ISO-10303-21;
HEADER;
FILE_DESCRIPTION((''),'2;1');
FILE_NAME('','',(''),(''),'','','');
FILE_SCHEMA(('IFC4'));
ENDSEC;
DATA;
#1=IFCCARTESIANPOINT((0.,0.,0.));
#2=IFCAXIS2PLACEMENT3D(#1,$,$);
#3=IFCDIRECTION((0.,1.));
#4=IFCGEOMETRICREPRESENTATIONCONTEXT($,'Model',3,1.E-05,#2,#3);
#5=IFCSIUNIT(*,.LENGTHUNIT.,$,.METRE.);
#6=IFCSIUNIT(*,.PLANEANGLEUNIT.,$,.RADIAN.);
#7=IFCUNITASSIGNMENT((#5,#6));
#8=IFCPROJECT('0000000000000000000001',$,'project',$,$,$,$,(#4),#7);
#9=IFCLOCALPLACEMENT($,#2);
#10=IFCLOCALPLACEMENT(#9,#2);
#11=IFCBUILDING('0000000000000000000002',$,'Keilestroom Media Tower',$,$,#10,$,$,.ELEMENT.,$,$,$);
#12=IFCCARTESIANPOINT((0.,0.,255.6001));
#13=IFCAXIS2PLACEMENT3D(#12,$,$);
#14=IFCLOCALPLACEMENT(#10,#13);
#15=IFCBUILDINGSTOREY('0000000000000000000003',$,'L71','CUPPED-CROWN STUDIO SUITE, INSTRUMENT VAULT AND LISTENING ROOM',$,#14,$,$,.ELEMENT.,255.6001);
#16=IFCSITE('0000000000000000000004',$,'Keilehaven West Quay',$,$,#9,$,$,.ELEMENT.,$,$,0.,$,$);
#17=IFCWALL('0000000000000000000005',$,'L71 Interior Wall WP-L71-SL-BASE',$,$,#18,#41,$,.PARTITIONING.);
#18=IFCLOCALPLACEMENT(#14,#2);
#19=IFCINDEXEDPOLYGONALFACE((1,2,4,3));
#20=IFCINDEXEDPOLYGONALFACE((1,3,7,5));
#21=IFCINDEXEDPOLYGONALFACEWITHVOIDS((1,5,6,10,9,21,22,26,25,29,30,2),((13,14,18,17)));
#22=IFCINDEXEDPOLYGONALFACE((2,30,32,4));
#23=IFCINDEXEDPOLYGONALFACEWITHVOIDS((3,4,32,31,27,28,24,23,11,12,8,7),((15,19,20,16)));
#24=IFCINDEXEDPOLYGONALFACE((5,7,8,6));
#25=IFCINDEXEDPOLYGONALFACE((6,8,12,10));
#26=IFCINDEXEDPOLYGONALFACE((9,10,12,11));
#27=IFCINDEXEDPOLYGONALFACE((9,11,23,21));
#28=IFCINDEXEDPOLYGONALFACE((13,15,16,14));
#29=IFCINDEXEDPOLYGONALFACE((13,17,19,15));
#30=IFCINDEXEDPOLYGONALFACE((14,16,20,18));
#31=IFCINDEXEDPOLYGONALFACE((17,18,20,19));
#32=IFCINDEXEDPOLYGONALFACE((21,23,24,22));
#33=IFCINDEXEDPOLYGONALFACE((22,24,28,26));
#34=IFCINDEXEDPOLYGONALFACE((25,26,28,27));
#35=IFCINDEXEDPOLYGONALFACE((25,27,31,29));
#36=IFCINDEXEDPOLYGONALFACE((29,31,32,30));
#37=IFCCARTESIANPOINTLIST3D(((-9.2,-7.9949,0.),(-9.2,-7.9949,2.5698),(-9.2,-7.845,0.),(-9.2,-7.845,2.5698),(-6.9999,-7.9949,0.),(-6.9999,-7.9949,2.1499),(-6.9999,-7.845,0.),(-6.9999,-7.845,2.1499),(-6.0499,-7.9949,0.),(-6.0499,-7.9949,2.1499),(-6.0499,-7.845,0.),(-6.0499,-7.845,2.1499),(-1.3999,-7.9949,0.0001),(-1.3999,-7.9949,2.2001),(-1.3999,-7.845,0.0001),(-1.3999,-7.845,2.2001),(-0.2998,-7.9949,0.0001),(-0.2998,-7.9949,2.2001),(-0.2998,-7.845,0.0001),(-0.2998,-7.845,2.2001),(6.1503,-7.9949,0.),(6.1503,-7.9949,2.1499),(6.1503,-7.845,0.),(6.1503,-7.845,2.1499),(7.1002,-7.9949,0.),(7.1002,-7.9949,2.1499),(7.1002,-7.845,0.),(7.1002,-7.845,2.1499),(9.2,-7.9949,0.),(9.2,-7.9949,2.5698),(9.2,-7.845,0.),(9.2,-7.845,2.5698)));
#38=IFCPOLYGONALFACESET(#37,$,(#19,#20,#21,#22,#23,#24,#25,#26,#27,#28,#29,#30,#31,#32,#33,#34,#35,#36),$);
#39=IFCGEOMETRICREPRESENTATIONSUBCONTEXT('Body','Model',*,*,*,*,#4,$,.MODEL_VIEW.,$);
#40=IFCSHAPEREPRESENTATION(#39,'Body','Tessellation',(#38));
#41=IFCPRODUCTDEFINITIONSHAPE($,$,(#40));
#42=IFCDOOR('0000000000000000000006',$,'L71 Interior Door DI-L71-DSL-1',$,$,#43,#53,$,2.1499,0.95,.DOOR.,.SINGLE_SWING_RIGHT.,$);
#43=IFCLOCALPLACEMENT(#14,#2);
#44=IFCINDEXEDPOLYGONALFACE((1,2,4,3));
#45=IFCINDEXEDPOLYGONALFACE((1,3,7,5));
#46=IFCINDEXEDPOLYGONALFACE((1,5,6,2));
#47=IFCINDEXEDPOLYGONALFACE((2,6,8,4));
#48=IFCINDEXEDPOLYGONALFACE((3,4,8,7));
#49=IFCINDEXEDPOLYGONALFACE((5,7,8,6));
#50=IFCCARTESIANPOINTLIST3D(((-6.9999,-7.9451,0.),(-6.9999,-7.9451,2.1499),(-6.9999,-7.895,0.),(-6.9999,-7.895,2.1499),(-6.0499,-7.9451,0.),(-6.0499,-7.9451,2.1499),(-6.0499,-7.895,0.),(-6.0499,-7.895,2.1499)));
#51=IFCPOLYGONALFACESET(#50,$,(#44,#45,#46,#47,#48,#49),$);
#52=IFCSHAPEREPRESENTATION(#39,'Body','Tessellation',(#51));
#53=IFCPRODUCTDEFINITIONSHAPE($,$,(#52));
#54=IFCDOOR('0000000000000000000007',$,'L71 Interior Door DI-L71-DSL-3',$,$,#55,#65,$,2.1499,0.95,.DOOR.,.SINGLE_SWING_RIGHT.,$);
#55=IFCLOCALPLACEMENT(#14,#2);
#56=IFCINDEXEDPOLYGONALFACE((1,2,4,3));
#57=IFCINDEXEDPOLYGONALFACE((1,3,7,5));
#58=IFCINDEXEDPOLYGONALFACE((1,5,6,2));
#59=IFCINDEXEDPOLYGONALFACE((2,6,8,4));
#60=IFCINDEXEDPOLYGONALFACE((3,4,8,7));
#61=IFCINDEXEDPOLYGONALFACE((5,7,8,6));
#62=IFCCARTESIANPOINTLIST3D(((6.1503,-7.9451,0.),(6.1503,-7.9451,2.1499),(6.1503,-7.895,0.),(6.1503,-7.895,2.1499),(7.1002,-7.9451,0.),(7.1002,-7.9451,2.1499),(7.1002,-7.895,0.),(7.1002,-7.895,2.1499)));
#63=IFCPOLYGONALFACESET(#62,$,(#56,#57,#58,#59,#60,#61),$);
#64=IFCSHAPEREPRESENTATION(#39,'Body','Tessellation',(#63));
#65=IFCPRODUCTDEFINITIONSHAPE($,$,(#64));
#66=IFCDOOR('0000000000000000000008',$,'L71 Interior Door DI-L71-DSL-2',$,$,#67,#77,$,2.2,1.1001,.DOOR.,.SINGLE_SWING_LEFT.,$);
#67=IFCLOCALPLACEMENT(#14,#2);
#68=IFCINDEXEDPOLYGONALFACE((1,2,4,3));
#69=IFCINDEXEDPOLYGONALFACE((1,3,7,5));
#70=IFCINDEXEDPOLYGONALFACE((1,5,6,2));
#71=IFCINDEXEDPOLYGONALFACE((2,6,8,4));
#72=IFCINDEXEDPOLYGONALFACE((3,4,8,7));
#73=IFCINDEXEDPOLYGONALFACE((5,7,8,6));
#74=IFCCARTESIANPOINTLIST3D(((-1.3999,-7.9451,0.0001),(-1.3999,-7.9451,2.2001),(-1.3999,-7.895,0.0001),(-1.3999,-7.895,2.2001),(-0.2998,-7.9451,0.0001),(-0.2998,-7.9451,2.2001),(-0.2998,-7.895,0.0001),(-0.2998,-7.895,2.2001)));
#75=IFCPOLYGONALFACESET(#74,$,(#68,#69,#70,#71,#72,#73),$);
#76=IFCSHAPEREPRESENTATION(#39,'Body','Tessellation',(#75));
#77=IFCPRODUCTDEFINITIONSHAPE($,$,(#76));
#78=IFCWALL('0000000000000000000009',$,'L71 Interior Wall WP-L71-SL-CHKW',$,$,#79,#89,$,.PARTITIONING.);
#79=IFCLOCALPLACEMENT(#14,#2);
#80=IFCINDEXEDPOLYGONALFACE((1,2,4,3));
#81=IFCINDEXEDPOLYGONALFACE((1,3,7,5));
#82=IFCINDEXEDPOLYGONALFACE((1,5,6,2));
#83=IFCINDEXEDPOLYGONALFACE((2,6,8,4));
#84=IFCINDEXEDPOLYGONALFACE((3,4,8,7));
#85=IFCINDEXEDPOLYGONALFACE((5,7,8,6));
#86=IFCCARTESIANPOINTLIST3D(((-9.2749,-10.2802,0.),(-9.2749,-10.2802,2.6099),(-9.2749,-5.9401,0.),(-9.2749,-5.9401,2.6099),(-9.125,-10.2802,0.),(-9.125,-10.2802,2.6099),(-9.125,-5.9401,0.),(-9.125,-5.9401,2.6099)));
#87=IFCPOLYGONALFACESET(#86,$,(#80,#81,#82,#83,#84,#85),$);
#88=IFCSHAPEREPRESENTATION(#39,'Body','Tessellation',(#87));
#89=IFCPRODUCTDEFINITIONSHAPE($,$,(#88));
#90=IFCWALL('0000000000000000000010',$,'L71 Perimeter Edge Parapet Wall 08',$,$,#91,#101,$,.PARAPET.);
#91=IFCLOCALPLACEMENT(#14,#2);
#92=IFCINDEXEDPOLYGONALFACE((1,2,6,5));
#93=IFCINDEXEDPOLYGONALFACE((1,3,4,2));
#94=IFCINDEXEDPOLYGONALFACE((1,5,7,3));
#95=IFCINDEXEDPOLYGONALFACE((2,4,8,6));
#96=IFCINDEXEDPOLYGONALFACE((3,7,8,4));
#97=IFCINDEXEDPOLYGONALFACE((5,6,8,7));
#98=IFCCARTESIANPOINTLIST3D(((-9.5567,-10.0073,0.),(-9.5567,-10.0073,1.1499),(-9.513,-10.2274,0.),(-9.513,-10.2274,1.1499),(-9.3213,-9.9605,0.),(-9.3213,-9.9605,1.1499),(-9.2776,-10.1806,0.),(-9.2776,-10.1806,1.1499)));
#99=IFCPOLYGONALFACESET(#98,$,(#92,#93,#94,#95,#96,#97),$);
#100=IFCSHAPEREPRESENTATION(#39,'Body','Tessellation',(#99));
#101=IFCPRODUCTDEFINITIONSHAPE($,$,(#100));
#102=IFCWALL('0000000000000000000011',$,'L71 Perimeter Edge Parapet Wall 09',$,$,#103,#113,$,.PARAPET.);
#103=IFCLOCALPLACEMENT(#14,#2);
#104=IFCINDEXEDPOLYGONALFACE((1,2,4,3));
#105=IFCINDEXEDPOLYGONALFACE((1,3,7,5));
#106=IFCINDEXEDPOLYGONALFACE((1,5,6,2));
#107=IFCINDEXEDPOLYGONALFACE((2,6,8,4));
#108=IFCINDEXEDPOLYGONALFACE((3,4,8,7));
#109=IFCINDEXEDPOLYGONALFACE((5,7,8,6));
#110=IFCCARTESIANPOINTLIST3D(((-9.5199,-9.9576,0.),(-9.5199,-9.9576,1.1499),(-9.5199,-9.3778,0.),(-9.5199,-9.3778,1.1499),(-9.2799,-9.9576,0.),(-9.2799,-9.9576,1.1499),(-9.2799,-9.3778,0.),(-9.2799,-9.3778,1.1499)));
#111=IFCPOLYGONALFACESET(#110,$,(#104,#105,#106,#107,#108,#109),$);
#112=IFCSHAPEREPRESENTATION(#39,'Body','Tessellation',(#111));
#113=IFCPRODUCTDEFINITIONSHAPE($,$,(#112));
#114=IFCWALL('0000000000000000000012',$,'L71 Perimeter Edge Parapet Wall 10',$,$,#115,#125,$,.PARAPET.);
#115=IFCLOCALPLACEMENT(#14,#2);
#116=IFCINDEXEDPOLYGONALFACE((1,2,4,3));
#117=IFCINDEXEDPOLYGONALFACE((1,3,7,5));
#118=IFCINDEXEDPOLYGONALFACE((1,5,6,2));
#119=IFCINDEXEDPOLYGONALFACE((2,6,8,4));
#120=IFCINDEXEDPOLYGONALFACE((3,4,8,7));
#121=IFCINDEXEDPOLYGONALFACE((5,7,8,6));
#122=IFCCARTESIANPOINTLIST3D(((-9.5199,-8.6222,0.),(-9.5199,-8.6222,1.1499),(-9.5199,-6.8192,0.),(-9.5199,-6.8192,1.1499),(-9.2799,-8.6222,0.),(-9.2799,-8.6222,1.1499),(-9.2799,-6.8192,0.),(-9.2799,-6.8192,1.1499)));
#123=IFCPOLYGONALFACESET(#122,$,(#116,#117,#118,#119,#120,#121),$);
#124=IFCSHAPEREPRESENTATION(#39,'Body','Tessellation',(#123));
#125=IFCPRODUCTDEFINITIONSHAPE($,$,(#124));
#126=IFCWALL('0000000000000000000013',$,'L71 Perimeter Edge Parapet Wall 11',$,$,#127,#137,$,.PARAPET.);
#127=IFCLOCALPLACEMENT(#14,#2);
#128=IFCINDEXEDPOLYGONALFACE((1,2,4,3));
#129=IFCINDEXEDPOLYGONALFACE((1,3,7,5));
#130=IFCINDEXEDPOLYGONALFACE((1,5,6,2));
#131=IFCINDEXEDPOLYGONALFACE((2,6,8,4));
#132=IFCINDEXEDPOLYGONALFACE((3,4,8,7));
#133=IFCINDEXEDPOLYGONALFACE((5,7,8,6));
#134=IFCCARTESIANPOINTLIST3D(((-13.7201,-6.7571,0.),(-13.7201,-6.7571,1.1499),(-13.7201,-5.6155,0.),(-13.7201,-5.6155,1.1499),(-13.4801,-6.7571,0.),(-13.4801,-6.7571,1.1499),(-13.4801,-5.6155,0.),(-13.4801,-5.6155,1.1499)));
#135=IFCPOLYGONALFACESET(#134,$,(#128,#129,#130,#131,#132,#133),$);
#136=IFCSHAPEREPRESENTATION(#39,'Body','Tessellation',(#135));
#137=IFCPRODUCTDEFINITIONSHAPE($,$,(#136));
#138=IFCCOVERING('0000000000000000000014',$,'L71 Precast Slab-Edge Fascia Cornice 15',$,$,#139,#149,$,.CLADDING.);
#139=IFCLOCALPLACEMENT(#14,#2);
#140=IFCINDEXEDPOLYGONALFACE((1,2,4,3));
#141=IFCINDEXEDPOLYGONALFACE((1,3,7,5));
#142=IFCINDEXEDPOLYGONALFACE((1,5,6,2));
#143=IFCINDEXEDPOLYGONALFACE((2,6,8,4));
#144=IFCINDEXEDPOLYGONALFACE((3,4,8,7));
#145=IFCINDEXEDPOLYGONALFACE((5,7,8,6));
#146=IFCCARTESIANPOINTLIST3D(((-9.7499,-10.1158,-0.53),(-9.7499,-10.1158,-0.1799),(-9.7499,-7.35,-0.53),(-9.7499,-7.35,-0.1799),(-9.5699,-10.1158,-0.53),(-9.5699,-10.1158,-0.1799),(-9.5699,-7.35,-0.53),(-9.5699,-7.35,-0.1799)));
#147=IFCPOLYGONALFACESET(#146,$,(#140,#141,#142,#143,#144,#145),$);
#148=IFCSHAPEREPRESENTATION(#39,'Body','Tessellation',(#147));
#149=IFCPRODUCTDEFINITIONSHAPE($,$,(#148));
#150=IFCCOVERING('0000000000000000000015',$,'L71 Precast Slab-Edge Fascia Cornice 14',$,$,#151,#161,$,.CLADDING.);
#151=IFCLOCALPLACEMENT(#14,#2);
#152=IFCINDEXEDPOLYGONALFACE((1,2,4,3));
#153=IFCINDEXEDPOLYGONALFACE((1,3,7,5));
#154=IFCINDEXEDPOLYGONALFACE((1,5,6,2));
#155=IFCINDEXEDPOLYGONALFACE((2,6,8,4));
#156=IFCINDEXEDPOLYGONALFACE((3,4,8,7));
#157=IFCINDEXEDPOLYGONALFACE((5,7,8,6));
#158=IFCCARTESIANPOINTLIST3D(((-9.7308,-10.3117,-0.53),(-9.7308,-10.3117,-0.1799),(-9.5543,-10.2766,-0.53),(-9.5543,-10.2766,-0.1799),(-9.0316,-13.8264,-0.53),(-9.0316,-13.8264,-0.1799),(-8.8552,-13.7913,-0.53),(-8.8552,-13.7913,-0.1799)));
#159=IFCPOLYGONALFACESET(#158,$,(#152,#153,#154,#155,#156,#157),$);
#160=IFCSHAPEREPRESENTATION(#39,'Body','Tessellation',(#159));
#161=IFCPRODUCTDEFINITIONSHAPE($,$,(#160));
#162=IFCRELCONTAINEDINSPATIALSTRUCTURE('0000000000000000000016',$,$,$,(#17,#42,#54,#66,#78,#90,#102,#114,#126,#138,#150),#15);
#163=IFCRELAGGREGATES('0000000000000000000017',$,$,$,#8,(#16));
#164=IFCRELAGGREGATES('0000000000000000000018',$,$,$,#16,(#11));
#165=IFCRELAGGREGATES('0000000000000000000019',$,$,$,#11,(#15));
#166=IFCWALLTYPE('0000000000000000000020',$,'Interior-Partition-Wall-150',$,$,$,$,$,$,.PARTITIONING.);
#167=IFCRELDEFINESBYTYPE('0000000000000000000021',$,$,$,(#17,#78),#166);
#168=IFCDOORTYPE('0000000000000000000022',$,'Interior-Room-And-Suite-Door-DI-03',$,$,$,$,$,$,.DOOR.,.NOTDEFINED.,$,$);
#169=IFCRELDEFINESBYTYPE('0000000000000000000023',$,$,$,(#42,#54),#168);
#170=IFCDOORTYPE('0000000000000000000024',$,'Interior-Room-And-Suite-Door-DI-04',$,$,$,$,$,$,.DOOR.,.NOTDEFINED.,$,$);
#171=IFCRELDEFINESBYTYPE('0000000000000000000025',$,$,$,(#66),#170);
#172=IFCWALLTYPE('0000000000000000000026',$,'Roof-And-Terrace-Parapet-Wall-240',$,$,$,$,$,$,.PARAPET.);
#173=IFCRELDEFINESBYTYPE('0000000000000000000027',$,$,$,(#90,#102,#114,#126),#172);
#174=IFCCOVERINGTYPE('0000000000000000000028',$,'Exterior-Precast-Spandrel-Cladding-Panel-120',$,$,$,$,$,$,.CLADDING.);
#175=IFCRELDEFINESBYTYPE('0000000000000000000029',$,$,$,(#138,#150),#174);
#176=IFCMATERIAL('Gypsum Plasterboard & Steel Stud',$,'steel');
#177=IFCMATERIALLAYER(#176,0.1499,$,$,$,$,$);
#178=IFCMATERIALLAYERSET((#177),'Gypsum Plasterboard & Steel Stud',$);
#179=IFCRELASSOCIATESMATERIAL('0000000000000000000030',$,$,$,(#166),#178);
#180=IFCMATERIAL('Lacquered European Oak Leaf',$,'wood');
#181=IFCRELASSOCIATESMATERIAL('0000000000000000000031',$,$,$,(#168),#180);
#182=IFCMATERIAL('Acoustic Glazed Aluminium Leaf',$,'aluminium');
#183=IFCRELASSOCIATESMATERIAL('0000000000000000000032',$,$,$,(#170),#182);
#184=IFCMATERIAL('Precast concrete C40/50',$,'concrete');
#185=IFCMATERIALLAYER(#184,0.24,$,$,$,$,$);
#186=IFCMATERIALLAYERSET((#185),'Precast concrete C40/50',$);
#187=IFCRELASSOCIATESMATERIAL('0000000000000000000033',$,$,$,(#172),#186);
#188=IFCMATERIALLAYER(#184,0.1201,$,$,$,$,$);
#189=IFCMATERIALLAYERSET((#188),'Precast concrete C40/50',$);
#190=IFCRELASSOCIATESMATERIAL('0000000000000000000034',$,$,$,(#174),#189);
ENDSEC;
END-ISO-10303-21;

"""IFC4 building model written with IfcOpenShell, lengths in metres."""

from ifc_helpers import new_model, si_unit, direction, frame, frame_2d, origin, origin_2d, place, context, subcontext, project, spatial, rectangle, extrude, source, transform, mapped, material, layer, layer_set, type_object, element, fill, save


model = new_model("IFC4")

# Units and contexts
model_context = context("Model", 3, precision=1e-05, world=origin(), true_north=direction((0.0, 1.0)))
body_context = subcontext(model_context, "Body", "Model", "MODEL_VIEW")
ifc_project = project(units=[si_unit("LENGTHUNIT", "METRE"), si_unit("PLANEANGLEUNIT", "RADIAN")], contexts=[model_context])

# Site, building, storey
site_placement = place(None, origin())
site = spatial("IfcSite", under=ifc_project, at=site_placement, Name="Keilehaven West Quay", CompositionType="ELEMENT", RefElevation=0.0)
building_placement = place(site_placement, origin())
building = spatial("IfcBuilding", under=site, at=building_placement, Name="Keilestroom Media Tower", CompositionType="ELEMENT")
storey_placement = place(building_placement, frame((0.0, 0.0, 255.6001)))
storey = spatial("IfcBuildingStorey", under=building, at=storey_placement, Name="L71", Description="CUPPED-CROWN STUDIO SUITE, INSTRUMENT VAULT AND LISTENING ROOM", CompositionType="ELEMENT", Elevation=255.6001)

# Shared definitions
ifc_material_1 = material(Name="Precast concrete C40/50", Category="concrete")

# Wall, openings, doors
ifc_material_2 = material(Name="Gypsum Plasterboard & Steel Stud", Category="steel")
ifc_layer_1 = layer(ifc_material_2, 0.1499)
ifc_layer_set_1 = layer_set([ifc_layer_1], Name="Gypsum Plasterboard & Steel Stud")
wall_type_1 = type_object("IfcWallType", Name="Interior-Partition-Wall-150", PredefinedType="PARTITIONING", material=ifc_layer_set_1)
wall_1_placement = place(storey_placement, frame((-9.2, -7.9199, 0.0), z_axis=(0.0, 0.0, 1.0), x_axis=(1.0, 0.0, 0.0)))
wall_1 = element("IfcWall", 1, at=wall_1_placement, inside=storey, type_object=wall_type_1, Name="L71 Interior Wall WP-L71-SL-BASE", PredefinedType="PARTITIONING", context=body_context, shape_type="SweptSolid", body=[
    extrude(rectangle(XDim=18.3999, YDim=0.1499, at=frame_2d((9.2, 0.0))), origin(), (0.0, 0.0, 1.0), 2.5698),
])
opening_1_placement = place(wall_1_placement, frame((2.2, 0.0, 0.0)))
opening_1 = element("IfcOpeningElement", 2, at=opening_1_placement, cuts=wall_1, PredefinedType="OPENING", context=body_context, shape_type="SweptSolid", body=[
    extrude(rectangle(XDim=0.95, YDim=2.1499, at=frame_2d((0.4751, 1.075))), frame((0.0, 0.085, 0.0), z_axis=(0.0, -1.0, 0.0), x_axis=(1.0, 0.0, 0.0)), (0.0, 0.0, 1.0), 0.1699),
])
opening_2_placement = place(wall_1_placement, frame((7.8, 0.0, 0.0)))
opening_2 = element("IfcOpeningElement", 3, at=opening_2_placement, cuts=wall_1, PredefinedType="OPENING", context=body_context, shape_type="SweptSolid", body=[
    extrude(rectangle(XDim=1.1001, YDim=2.2, at=frame_2d((0.55, 1.1001))), frame((0.0, 0.085, 0.0), z_axis=(0.0, -1.0, 0.0), x_axis=(1.0, 0.0, 0.0)), (0.0, 0.0, 1.0), 0.1699),
])
opening_3_placement = place(wall_1_placement, frame((15.3501, 0.0, 0.0)))
opening_3 = element("IfcOpeningElement", 4, at=opening_3_placement, cuts=wall_1, PredefinedType="OPENING", context=body_context, shape_type="SweptSolid", body=[
    extrude(rectangle(XDim=0.95, YDim=2.1499, at=frame_2d((0.4751, 1.075))), frame((0.0, 0.085, 0.0), z_axis=(0.0, -1.0, 0.0), x_axis=(1.0, 0.0, 0.0)), (0.0, 0.0, 1.0), 0.1699),
])
ifc_material_3 = material(Name="Lacquered European Oak Leaf", Category="wood")
door_type_1 = type_object("IfcDoorType", Name="Interior-Room-And-Suite-Door-DI-03", OperationType="NOTDEFINED", PredefinedType="DOOR", material=ifc_material_3)
shared_shape_1 = source(origin(), body_context, "Body", "SweptSolid", [
    extrude(rectangle(XDim=0.95, YDim=2.1499, at=frame_2d((0.4751, 1.075))), frame((0.0, 0.0249, 0.0), z_axis=(0.0, -1.0, 0.0), x_axis=(1.0, 0.0, 0.0)), (0.0, 0.0, 1.0), 0.05),
])
door_1_placement = place(opening_1_placement, origin())
door_1 = element("IfcDoor", 5, at=door_1_placement, inside=storey, type_object=door_type_1, Name="L71 Interior Door DI-L71-DSL-1", OperationType="SINGLE_SWING_RIGHT", OverallHeight=2.1499, OverallWidth=0.95, PredefinedType="DOOR", context=body_context, shape_type="MappedRepresentation", body=[
    mapped(shared_shape_1, transform((0.0, 0.0, 0.0), x_axis=(1.0, 0.0, 0.0), y_axis=(0.0, 1.0, 0.0), z_axis=(0.0, 0.0, 1.0), scale=1.0)),
])
fill(opening_1, door_1)
door_2_placement = place(opening_3_placement, origin())
door_2 = element("IfcDoor", 6, at=door_2_placement, inside=storey, type_object=door_type_1, Name="L71 Interior Door DI-L71-DSL-3", OperationType="SINGLE_SWING_RIGHT", OverallHeight=2.1499, OverallWidth=0.95, PredefinedType="DOOR", context=body_context, shape_type="MappedRepresentation", body=[
    mapped(shared_shape_1, transform((0.0, 0.0, 0.0), x_axis=(1.0, 0.0, 0.0), y_axis=(0.0, 1.0, 0.0), z_axis=(0.0, 0.0, 1.0), scale=1.0)),
])
fill(opening_3, door_2)
ifc_material_4 = material(Name="Acoustic Glazed Aluminium Leaf", Category="aluminium")
door_type_2 = type_object("IfcDoorType", Name="Interior-Room-And-Suite-Door-DI-04", OperationType="NOTDEFINED", PredefinedType="DOOR", material=ifc_material_4)
shared_shape_2 = source(origin(), body_context, "Body", "SweptSolid", [
    extrude(rectangle(XDim=1.1001, YDim=2.2, at=frame_2d((0.55, 1.1001))), frame((0.0, 0.0249, 0.0), z_axis=(0.0, -1.0, 0.0), x_axis=(1.0, 0.0, 0.0)), (0.0, 0.0, 1.0), 0.05),
])
door_3_placement = place(opening_2_placement, origin())
door_3 = element("IfcDoor", 7, at=door_3_placement, inside=storey, type_object=door_type_2, Name="L71 Interior Door DI-L71-DSL-2", OperationType="SINGLE_SWING_LEFT", OverallHeight=2.2, OverallWidth=1.1001, PredefinedType="DOOR", context=body_context, shape_type="MappedRepresentation", body=[
    mapped(shared_shape_2, transform((0.0, 0.0, 0.0), x_axis=(1.0, 0.0, 0.0), y_axis=(0.0, 1.0, 0.0), z_axis=(0.0, 0.0, 1.0), scale=1.0)),
])
fill(opening_2, door_3)

# Walls
wall_2_placement = place(storey_placement, frame((-9.2, -10.28, 0.0), z_axis=(0.0, 0.0, 1.0), x_axis=(0.0, 1.0, 0.0)))
element("IfcWall", 8, at=wall_2_placement, inside=storey, type_object=wall_type_1, Name="L71 Interior Wall WP-L71-SL-CHKW", PredefinedType="PARTITIONING", context=body_context, shape_type="SweptSolid", body=[
    extrude(rectangle(XDim=4.3401, YDim=0.1499, at=frame_2d((2.1699, 0.0))), origin(), (0.0, 0.0, 1.0), 2.6099),
])
ifc_layer_2 = layer(ifc_material_1, 0.24)
ifc_layer_set_2 = layer_set([ifc_layer_2], Name="Precast concrete C40/50")
wall_type_2 = type_object("IfcWallType", Name="Roof-And-Terrace-Parapet-Wall-240", PredefinedType="PARAPET", material=ifc_layer_set_2)
wall_3_placement = place(storey_placement, frame((-9.3953, -10.2041, 0.0), z_axis=(0.0, 0.0, 1.0), x_axis=(-0.19486, 0.980831, 0.0)))
element("IfcWall", 9, at=wall_3_placement, inside=storey, type_object=wall_type_2, Name="L71 Perimeter Edge Parapet Wall 08", PredefinedType="PARAPET", context=body_context, shape_type="SweptSolid", body=[
    extrude(rectangle(XDim=0.2244, YDim=0.24, at=frame_2d((0.1123, 0.0))), origin(), (0.0, 0.0, 1.0), 1.1499),
])
wall_4_placement = place(storey_placement, frame((-9.3999, -9.9578, 0.0), z_axis=(0.0, 0.0, 1.0), x_axis=(0.0, 1.0, 0.0)))
element("IfcWall", 10, at=wall_4_placement, inside=storey, type_object=wall_type_2, Name="L71 Perimeter Edge Parapet Wall 09", PredefinedType="PARAPET", context=body_context, shape_type="SweptSolid", body=[
    extrude(rectangle(XDim=0.5798, YDim=0.24, at=frame_2d((0.29, 0.0))), origin(), (0.0, 0.0, 1.0), 1.1499),
])
wall_5_placement = place(storey_placement, frame((-9.3999, -8.6221, 0.0), z_axis=(0.0, 0.0, 1.0), x_axis=(0.0, 1.0, 0.0)))
element("IfcWall", 11, at=wall_5_placement, inside=storey, type_object=wall_type_2, Name="L71 Perimeter Edge Parapet Wall 10", PredefinedType="PARAPET", context=body_context, shape_type="SweptSolid", body=[
    extrude(rectangle(XDim=1.803, YDim=0.24, at=frame_2d((0.9014, 0.0))), origin(), (0.0, 0.0, 1.0), 1.1499),
])
wall_6_placement = place(storey_placement, frame((-13.6001, -6.7571, 0.0), z_axis=(0.0, 0.0, 1.0), x_axis=(0.0, 1.0, 0.0)))
element("IfcWall", 12, at=wall_6_placement, inside=storey, type_object=wall_type_2, Name="L71 Perimeter Edge Parapet Wall 11", PredefinedType="PARAPET", context=body_context, shape_type="SweptSolid", body=[
    extrude(rectangle(XDim=1.1416, YDim=0.24, at=frame_2d((0.5708, 0.0))), origin(), (0.0, 0.0, 1.0), 1.1499),
])

# Coverings
ifc_layer_3 = layer(ifc_material_1, 0.1201)
ifc_layer_set_3 = layer_set([ifc_layer_3], Name="Precast concrete C40/50")
covering_type = type_object("IfcCoveringType", Name="Exterior-Precast-Spandrel-Cladding-Panel-120", PredefinedType="CLADDING", material=ifc_layer_set_3)
shared_shape_3 = source(origin(), body_context, "Body", "SweptSolid", [
    extrude(rectangle(XDim=2.7659, YDim=0.1799, at=origin_2d()), origin(), (0.0, 0.0, 1.0), 0.3501),
])
covering_1_placement = place(storey_placement, frame((-9.6599, -8.7329, -0.53), z_axis=(0.0, 0.0, 1.0), x_axis=(0.0, 1.0, 0.0)))
element("IfcCovering", 13, at=covering_1_placement, inside=storey, type_object=covering_type, Name="L71 Precast Slab-Edge Fascia Cornice 15", PredefinedType="CLADDING", context=body_context, shape_type="MappedRepresentation", body=[
    mapped(shared_shape_3, transform((0.0, 0.0, 0.0), x_axis=(1.0, 0.0, 0.0), y_axis=(0.0, 1.0, 0.0), z_axis=(0.0, 0.0, 1.0), scale=1.0)),
])
shared_shape_4 = source(origin(), body_context, "Body", "SweptSolid", [
    extrude(rectangle(XDim=3.5835, YDim=0.1799, at=origin_2d()), origin(), (0.0, 0.0, 1.0), 0.3501),
])
covering_2_placement = place(storey_placement, frame((-9.293, -12.0515, -0.53), z_axis=(0.0, 0.0, 1.0), x_axis=(-0.195099, 0.980784, 0.0)))
element("IfcCovering", 14, at=covering_2_placement, inside=storey, type_object=covering_type, Name="L71 Precast Slab-Edge Fascia Cornice 14", PredefinedType="CLADDING", context=body_context, shape_type="MappedRepresentation", body=[
    mapped(shared_shape_4, transform((0.0, 0.0, 0.0), x_axis=(1.0, 0.0, 0.0), y_axis=(0.0, 1.0, 0.0), z_axis=(0.0, 0.0, 1.0), scale=1.0)),
])

save(model, "model.ifc")
